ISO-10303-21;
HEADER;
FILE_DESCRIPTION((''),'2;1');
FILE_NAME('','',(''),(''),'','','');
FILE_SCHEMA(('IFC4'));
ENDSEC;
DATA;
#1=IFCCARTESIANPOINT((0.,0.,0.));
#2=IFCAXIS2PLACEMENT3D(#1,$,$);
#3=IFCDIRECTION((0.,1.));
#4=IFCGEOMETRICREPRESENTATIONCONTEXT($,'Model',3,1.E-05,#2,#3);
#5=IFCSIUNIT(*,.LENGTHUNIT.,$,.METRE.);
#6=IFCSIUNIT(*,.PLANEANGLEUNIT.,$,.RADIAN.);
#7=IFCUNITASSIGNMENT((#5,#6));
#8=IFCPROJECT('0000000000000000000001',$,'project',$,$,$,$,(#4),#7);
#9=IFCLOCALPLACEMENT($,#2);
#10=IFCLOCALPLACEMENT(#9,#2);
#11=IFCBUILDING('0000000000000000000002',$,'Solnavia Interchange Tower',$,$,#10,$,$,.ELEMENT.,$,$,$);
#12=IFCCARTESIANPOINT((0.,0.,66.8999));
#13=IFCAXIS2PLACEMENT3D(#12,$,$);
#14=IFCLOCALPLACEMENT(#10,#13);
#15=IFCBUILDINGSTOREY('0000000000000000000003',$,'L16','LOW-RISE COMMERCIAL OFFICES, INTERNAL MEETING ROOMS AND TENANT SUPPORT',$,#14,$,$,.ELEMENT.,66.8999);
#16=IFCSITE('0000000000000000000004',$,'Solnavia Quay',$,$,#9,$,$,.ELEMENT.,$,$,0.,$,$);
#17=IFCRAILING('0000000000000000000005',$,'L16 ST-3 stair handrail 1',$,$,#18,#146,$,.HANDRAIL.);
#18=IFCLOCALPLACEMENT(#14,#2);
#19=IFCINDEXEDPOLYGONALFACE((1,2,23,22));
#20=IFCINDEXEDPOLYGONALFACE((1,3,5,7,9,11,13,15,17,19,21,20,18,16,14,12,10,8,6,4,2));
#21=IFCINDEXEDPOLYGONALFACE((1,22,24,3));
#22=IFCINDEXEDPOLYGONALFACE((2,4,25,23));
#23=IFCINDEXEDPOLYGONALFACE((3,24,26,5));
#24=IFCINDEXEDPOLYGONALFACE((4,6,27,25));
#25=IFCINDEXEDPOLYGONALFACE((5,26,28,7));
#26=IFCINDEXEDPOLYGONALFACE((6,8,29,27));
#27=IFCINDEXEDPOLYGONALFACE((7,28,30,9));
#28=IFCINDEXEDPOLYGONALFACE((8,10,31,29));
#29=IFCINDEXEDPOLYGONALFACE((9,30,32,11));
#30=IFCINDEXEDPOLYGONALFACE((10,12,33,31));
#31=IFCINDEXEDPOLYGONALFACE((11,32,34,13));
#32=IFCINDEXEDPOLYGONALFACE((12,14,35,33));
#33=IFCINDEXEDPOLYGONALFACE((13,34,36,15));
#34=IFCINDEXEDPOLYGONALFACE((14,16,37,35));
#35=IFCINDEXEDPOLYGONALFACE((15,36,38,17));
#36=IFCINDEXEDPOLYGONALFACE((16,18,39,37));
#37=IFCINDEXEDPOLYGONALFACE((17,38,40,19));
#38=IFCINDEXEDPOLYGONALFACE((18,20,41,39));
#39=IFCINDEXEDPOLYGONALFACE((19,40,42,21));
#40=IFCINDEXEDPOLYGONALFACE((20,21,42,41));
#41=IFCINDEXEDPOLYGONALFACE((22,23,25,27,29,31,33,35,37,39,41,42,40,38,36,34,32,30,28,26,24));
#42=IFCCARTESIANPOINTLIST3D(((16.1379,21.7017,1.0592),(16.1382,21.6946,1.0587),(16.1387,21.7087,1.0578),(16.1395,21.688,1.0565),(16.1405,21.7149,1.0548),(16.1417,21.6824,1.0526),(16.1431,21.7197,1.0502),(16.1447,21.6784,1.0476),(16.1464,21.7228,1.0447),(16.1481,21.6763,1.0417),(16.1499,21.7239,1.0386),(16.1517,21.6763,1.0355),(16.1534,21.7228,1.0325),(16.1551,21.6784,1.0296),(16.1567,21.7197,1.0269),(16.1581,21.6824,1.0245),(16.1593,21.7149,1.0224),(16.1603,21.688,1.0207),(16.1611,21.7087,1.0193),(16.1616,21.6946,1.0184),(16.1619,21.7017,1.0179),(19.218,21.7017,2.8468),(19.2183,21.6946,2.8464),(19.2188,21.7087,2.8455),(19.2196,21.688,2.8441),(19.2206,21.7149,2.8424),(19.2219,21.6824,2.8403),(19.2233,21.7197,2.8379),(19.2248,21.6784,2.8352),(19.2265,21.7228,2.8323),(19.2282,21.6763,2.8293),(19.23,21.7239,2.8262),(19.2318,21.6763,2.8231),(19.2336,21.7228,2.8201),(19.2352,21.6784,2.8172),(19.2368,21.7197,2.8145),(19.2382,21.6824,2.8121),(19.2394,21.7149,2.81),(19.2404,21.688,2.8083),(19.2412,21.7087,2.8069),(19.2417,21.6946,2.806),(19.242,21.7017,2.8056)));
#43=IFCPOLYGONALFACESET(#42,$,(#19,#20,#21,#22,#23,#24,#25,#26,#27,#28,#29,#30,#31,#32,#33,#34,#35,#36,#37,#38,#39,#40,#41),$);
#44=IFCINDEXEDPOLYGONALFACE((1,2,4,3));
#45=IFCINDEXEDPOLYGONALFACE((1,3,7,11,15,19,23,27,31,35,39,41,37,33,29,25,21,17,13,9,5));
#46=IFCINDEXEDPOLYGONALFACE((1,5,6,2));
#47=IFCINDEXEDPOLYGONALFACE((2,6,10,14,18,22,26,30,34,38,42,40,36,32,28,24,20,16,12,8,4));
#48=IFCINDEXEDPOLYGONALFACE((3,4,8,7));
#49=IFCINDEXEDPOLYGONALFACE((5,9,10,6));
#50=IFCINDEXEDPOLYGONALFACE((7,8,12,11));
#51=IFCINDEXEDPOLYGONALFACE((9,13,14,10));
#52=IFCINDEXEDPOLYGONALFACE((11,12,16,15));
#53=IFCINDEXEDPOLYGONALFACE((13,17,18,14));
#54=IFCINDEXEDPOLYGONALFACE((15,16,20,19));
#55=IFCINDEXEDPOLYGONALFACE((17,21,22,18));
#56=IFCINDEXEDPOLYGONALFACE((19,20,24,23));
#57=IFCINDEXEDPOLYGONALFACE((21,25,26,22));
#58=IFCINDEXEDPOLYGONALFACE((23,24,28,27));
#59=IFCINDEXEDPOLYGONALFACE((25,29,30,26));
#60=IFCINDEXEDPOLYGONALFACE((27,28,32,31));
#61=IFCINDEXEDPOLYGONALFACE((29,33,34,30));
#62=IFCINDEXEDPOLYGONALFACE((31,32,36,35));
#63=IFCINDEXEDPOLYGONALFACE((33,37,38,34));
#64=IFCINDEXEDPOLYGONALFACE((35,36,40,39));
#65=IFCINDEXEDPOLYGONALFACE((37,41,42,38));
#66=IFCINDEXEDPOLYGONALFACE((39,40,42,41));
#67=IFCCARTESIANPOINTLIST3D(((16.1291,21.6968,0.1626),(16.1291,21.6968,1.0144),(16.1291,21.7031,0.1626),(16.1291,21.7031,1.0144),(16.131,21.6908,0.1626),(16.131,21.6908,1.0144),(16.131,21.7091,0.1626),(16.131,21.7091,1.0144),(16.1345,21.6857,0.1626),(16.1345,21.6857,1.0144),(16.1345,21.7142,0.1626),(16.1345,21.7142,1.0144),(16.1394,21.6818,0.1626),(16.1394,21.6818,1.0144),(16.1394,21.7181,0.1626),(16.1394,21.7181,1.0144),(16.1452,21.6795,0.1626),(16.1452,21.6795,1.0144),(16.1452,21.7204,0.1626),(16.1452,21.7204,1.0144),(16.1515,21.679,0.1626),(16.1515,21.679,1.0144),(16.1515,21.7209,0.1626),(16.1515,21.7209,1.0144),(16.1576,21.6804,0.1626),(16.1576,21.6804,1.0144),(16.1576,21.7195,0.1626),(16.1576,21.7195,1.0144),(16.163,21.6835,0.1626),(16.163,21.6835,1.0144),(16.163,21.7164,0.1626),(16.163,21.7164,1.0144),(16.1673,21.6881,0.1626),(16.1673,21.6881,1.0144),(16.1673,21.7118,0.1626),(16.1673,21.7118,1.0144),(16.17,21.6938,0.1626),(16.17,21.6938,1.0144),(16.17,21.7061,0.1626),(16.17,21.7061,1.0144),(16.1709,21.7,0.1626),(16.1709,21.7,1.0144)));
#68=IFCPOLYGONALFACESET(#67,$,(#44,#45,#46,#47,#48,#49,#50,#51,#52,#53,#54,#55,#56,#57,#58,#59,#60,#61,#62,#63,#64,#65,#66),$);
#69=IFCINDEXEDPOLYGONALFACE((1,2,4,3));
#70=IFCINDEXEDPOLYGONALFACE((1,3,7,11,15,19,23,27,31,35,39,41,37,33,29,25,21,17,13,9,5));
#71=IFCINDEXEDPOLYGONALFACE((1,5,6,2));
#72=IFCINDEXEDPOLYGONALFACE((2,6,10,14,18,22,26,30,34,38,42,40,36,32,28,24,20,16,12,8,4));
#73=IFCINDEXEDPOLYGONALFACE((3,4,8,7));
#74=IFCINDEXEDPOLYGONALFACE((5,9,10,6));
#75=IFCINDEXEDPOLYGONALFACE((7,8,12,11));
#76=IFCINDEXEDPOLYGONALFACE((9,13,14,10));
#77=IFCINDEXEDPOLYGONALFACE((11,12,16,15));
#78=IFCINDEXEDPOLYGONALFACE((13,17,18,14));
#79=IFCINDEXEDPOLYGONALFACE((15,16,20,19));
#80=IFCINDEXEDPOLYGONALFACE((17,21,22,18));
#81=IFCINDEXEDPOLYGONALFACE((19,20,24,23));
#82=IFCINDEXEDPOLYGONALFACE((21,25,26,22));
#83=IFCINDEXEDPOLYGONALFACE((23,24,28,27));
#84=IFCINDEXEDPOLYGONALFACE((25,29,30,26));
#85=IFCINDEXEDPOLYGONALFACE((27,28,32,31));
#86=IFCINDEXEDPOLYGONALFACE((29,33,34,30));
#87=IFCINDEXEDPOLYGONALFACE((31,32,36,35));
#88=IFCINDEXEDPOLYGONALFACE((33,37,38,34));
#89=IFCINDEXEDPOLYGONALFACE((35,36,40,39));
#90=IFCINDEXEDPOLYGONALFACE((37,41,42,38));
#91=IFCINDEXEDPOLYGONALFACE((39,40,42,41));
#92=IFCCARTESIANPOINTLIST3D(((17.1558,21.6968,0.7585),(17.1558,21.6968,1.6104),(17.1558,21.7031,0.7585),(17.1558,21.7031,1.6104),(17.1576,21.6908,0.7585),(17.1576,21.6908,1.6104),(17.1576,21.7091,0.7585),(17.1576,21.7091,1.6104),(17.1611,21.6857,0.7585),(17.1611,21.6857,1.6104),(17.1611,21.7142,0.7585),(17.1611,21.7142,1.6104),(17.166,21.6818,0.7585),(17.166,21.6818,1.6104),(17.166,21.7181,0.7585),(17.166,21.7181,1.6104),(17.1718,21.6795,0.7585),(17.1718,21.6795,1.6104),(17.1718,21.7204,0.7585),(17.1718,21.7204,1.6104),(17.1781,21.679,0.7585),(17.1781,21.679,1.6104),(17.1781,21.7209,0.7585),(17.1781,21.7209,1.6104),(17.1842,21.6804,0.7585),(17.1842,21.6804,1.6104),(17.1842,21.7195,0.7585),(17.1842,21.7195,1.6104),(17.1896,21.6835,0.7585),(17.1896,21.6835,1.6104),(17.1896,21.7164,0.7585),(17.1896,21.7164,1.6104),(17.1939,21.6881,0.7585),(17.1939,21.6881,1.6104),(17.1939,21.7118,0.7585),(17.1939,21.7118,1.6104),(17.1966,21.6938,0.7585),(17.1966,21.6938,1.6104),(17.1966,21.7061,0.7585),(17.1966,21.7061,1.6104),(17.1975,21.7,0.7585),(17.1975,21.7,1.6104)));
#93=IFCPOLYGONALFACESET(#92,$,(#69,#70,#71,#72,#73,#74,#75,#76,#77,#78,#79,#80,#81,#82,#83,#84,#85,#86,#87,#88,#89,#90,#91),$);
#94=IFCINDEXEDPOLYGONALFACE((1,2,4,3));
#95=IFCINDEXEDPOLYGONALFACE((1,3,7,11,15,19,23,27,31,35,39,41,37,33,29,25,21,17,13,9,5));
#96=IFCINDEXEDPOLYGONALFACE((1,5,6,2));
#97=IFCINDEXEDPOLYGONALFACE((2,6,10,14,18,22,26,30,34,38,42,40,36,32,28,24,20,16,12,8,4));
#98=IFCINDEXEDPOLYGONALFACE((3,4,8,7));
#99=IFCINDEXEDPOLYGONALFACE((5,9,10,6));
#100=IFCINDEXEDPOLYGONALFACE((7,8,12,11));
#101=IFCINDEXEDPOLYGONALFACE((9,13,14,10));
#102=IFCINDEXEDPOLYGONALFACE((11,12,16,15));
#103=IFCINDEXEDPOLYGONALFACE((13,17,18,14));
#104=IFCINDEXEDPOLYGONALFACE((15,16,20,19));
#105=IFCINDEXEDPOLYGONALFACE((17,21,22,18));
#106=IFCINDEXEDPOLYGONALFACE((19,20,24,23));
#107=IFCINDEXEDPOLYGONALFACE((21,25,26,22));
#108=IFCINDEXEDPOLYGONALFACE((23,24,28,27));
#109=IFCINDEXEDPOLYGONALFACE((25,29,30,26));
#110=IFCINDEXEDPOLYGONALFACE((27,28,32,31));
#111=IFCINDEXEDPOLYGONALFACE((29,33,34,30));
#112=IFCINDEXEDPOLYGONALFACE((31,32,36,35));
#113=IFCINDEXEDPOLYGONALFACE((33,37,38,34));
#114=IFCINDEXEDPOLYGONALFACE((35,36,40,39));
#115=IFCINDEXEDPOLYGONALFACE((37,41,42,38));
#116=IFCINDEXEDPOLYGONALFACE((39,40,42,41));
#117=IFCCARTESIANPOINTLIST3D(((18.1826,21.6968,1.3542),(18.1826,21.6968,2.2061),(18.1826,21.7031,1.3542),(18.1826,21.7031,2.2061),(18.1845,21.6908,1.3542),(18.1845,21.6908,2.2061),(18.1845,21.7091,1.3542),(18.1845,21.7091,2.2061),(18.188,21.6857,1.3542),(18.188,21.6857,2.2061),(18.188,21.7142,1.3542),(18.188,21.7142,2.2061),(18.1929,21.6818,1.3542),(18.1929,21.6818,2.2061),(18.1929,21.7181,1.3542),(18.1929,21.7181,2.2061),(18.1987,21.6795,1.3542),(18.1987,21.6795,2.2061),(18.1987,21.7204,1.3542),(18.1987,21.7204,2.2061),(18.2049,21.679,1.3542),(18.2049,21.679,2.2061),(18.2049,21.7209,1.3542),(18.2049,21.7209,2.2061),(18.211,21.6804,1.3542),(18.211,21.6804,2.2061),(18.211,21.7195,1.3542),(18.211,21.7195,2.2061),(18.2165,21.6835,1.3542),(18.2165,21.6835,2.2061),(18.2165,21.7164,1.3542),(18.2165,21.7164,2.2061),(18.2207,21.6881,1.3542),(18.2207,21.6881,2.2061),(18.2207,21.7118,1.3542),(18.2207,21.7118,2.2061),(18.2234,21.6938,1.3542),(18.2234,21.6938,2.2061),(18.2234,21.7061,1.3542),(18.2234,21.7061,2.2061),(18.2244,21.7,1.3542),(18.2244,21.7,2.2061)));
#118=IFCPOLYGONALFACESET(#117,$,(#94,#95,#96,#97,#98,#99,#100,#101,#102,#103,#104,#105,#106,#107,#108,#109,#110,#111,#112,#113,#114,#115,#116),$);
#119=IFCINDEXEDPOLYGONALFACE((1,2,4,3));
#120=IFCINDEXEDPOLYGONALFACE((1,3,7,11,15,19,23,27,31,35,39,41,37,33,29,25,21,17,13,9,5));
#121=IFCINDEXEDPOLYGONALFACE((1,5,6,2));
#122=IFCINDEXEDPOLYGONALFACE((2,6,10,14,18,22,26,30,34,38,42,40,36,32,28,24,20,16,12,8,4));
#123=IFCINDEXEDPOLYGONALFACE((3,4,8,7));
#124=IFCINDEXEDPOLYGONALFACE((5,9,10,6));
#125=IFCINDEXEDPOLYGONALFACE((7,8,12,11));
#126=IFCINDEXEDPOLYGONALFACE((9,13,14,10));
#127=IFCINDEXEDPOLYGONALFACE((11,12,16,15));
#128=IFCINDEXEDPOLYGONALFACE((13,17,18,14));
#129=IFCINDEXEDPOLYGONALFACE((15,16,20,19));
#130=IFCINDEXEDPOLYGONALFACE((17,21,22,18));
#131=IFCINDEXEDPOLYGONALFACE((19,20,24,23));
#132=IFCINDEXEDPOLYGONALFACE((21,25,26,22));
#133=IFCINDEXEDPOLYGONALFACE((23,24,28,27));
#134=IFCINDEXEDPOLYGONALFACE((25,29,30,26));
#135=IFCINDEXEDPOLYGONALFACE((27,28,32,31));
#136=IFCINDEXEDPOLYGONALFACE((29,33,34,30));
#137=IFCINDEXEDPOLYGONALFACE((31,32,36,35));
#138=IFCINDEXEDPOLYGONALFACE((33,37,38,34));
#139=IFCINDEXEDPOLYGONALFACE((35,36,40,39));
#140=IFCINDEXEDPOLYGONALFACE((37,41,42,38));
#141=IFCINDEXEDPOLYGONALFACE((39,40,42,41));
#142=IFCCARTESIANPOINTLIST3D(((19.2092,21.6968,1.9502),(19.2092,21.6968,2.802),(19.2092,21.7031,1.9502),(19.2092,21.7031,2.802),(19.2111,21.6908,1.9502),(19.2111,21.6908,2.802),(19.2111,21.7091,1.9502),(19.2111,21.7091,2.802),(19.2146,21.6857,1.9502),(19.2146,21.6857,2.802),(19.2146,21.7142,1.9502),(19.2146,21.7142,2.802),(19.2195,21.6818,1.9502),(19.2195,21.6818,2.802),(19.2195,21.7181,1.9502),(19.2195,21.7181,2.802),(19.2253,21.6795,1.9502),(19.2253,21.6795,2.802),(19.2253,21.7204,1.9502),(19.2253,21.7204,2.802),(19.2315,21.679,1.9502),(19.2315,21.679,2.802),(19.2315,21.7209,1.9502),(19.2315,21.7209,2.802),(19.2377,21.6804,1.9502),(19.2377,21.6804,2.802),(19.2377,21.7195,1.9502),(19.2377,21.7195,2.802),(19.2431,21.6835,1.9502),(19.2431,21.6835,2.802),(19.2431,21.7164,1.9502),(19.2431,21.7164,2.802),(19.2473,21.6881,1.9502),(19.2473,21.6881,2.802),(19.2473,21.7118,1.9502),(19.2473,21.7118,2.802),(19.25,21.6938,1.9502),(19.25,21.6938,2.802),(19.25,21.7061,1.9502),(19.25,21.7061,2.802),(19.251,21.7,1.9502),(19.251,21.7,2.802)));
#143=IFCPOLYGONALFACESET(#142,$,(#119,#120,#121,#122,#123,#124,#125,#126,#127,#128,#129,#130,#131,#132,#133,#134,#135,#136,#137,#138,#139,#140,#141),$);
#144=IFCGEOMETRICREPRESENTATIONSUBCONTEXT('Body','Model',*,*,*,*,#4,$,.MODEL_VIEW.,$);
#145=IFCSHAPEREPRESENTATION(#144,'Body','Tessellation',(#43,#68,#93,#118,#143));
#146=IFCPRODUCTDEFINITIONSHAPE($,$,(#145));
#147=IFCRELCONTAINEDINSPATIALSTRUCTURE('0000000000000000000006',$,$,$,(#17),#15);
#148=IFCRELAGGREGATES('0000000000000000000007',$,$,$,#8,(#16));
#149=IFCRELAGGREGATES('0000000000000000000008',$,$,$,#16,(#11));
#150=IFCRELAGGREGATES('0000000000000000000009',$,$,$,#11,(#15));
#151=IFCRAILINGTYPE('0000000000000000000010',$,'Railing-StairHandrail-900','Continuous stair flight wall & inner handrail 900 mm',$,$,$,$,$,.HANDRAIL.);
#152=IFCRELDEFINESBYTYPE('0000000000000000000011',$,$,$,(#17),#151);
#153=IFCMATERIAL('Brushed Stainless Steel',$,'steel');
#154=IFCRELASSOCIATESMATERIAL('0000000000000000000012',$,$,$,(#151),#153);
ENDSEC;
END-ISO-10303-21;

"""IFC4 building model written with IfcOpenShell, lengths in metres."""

from ifc_helpers import new_model, si_unit, direction, frame, origin, origin_2d, place, context, subcontext, project, spatial, circle, extrude, material, type_object, element, save


model = new_model("IFC4")

# Units and contexts
model_context = context("Model", 3, precision=1e-05, world=origin(), true_north=direction((0.0, 1.0)))
body_context = subcontext(model_context, "Body", "Model", "MODEL_VIEW")
ifc_project = project(units=[si_unit("LENGTHUNIT", "METRE"), si_unit("PLANEANGLEUNIT", "RADIAN")], contexts=[model_context])

# Site, building, storey
site_placement = place(None, origin())
site = spatial("IfcSite", under=ifc_project, at=site_placement, Name="Solnavia Quay", CompositionType="ELEMENT", RefElevation=0.0)
building_placement = place(site_placement, origin())
building = spatial("IfcBuilding", under=site, at=building_placement, Name="Solnavia Interchange Tower", CompositionType="ELEMENT")
storey_placement = place(building_placement, frame((0.0, 0.0, 66.8999)))
storey = spatial("IfcBuildingStorey", under=building, at=storey_placement, Name="L16", Description="LOW-RISE COMMERCIAL OFFICES, INTERNAL MEETING ROOMS AND TENANT SUPPORT", CompositionType="ELEMENT", Elevation=66.8999)

# Railing
ifc_material_1 = material(Name="Brushed Stainless Steel", Category="steel")
railing_type_1 = type_object("IfcRailingType", Name="Railing-StairHandrail-900", Description="Continuous stair flight wall & inner handrail 900 mm", PredefinedType="HANDRAIL", material=ifc_material_1)
railing_1_placement = place(storey_placement, frame((16.1499, 21.7, 0.1626)))
element("IfcRailing", 1, at=railing_1_placement, inside=storey, type_object=railing_type_1, Name="L16 ST-3 stair handrail 1", PredefinedType="HANDRAIL", context=body_context, shape_type="SweptSolid", body=[
    extrude(circle(Radius=0.0239, at=origin_2d()), frame((0.0, 0.0, 0.876), z_axis=(0.864891, 0.0, 0.50196), x_axis=(0.0, 1.0, 0.0)), (0.0, 0.0, 1.0), 3.5613),
    extrude(circle(Radius=0.021, at=origin_2d()), origin(), (0.0, 0.0, 1.0), 0.8518),
    extrude(circle(Radius=0.021, at=origin_2d()), frame((1.0266, 0.0, 0.5959)), (0.0, 0.0, 1.0), 0.8518),
    extrude(circle(Radius=0.021, at=origin_2d()), frame((2.0535, 0.0, 1.1917)), (0.0, 0.0, 1.0), 0.8518),
    extrude(circle(Radius=0.021, at=origin_2d()), frame((3.0801, 0.0, 1.7876)), (0.0, 0.0, 1.0), 0.8518),
])

save(model, "model.ifc")
